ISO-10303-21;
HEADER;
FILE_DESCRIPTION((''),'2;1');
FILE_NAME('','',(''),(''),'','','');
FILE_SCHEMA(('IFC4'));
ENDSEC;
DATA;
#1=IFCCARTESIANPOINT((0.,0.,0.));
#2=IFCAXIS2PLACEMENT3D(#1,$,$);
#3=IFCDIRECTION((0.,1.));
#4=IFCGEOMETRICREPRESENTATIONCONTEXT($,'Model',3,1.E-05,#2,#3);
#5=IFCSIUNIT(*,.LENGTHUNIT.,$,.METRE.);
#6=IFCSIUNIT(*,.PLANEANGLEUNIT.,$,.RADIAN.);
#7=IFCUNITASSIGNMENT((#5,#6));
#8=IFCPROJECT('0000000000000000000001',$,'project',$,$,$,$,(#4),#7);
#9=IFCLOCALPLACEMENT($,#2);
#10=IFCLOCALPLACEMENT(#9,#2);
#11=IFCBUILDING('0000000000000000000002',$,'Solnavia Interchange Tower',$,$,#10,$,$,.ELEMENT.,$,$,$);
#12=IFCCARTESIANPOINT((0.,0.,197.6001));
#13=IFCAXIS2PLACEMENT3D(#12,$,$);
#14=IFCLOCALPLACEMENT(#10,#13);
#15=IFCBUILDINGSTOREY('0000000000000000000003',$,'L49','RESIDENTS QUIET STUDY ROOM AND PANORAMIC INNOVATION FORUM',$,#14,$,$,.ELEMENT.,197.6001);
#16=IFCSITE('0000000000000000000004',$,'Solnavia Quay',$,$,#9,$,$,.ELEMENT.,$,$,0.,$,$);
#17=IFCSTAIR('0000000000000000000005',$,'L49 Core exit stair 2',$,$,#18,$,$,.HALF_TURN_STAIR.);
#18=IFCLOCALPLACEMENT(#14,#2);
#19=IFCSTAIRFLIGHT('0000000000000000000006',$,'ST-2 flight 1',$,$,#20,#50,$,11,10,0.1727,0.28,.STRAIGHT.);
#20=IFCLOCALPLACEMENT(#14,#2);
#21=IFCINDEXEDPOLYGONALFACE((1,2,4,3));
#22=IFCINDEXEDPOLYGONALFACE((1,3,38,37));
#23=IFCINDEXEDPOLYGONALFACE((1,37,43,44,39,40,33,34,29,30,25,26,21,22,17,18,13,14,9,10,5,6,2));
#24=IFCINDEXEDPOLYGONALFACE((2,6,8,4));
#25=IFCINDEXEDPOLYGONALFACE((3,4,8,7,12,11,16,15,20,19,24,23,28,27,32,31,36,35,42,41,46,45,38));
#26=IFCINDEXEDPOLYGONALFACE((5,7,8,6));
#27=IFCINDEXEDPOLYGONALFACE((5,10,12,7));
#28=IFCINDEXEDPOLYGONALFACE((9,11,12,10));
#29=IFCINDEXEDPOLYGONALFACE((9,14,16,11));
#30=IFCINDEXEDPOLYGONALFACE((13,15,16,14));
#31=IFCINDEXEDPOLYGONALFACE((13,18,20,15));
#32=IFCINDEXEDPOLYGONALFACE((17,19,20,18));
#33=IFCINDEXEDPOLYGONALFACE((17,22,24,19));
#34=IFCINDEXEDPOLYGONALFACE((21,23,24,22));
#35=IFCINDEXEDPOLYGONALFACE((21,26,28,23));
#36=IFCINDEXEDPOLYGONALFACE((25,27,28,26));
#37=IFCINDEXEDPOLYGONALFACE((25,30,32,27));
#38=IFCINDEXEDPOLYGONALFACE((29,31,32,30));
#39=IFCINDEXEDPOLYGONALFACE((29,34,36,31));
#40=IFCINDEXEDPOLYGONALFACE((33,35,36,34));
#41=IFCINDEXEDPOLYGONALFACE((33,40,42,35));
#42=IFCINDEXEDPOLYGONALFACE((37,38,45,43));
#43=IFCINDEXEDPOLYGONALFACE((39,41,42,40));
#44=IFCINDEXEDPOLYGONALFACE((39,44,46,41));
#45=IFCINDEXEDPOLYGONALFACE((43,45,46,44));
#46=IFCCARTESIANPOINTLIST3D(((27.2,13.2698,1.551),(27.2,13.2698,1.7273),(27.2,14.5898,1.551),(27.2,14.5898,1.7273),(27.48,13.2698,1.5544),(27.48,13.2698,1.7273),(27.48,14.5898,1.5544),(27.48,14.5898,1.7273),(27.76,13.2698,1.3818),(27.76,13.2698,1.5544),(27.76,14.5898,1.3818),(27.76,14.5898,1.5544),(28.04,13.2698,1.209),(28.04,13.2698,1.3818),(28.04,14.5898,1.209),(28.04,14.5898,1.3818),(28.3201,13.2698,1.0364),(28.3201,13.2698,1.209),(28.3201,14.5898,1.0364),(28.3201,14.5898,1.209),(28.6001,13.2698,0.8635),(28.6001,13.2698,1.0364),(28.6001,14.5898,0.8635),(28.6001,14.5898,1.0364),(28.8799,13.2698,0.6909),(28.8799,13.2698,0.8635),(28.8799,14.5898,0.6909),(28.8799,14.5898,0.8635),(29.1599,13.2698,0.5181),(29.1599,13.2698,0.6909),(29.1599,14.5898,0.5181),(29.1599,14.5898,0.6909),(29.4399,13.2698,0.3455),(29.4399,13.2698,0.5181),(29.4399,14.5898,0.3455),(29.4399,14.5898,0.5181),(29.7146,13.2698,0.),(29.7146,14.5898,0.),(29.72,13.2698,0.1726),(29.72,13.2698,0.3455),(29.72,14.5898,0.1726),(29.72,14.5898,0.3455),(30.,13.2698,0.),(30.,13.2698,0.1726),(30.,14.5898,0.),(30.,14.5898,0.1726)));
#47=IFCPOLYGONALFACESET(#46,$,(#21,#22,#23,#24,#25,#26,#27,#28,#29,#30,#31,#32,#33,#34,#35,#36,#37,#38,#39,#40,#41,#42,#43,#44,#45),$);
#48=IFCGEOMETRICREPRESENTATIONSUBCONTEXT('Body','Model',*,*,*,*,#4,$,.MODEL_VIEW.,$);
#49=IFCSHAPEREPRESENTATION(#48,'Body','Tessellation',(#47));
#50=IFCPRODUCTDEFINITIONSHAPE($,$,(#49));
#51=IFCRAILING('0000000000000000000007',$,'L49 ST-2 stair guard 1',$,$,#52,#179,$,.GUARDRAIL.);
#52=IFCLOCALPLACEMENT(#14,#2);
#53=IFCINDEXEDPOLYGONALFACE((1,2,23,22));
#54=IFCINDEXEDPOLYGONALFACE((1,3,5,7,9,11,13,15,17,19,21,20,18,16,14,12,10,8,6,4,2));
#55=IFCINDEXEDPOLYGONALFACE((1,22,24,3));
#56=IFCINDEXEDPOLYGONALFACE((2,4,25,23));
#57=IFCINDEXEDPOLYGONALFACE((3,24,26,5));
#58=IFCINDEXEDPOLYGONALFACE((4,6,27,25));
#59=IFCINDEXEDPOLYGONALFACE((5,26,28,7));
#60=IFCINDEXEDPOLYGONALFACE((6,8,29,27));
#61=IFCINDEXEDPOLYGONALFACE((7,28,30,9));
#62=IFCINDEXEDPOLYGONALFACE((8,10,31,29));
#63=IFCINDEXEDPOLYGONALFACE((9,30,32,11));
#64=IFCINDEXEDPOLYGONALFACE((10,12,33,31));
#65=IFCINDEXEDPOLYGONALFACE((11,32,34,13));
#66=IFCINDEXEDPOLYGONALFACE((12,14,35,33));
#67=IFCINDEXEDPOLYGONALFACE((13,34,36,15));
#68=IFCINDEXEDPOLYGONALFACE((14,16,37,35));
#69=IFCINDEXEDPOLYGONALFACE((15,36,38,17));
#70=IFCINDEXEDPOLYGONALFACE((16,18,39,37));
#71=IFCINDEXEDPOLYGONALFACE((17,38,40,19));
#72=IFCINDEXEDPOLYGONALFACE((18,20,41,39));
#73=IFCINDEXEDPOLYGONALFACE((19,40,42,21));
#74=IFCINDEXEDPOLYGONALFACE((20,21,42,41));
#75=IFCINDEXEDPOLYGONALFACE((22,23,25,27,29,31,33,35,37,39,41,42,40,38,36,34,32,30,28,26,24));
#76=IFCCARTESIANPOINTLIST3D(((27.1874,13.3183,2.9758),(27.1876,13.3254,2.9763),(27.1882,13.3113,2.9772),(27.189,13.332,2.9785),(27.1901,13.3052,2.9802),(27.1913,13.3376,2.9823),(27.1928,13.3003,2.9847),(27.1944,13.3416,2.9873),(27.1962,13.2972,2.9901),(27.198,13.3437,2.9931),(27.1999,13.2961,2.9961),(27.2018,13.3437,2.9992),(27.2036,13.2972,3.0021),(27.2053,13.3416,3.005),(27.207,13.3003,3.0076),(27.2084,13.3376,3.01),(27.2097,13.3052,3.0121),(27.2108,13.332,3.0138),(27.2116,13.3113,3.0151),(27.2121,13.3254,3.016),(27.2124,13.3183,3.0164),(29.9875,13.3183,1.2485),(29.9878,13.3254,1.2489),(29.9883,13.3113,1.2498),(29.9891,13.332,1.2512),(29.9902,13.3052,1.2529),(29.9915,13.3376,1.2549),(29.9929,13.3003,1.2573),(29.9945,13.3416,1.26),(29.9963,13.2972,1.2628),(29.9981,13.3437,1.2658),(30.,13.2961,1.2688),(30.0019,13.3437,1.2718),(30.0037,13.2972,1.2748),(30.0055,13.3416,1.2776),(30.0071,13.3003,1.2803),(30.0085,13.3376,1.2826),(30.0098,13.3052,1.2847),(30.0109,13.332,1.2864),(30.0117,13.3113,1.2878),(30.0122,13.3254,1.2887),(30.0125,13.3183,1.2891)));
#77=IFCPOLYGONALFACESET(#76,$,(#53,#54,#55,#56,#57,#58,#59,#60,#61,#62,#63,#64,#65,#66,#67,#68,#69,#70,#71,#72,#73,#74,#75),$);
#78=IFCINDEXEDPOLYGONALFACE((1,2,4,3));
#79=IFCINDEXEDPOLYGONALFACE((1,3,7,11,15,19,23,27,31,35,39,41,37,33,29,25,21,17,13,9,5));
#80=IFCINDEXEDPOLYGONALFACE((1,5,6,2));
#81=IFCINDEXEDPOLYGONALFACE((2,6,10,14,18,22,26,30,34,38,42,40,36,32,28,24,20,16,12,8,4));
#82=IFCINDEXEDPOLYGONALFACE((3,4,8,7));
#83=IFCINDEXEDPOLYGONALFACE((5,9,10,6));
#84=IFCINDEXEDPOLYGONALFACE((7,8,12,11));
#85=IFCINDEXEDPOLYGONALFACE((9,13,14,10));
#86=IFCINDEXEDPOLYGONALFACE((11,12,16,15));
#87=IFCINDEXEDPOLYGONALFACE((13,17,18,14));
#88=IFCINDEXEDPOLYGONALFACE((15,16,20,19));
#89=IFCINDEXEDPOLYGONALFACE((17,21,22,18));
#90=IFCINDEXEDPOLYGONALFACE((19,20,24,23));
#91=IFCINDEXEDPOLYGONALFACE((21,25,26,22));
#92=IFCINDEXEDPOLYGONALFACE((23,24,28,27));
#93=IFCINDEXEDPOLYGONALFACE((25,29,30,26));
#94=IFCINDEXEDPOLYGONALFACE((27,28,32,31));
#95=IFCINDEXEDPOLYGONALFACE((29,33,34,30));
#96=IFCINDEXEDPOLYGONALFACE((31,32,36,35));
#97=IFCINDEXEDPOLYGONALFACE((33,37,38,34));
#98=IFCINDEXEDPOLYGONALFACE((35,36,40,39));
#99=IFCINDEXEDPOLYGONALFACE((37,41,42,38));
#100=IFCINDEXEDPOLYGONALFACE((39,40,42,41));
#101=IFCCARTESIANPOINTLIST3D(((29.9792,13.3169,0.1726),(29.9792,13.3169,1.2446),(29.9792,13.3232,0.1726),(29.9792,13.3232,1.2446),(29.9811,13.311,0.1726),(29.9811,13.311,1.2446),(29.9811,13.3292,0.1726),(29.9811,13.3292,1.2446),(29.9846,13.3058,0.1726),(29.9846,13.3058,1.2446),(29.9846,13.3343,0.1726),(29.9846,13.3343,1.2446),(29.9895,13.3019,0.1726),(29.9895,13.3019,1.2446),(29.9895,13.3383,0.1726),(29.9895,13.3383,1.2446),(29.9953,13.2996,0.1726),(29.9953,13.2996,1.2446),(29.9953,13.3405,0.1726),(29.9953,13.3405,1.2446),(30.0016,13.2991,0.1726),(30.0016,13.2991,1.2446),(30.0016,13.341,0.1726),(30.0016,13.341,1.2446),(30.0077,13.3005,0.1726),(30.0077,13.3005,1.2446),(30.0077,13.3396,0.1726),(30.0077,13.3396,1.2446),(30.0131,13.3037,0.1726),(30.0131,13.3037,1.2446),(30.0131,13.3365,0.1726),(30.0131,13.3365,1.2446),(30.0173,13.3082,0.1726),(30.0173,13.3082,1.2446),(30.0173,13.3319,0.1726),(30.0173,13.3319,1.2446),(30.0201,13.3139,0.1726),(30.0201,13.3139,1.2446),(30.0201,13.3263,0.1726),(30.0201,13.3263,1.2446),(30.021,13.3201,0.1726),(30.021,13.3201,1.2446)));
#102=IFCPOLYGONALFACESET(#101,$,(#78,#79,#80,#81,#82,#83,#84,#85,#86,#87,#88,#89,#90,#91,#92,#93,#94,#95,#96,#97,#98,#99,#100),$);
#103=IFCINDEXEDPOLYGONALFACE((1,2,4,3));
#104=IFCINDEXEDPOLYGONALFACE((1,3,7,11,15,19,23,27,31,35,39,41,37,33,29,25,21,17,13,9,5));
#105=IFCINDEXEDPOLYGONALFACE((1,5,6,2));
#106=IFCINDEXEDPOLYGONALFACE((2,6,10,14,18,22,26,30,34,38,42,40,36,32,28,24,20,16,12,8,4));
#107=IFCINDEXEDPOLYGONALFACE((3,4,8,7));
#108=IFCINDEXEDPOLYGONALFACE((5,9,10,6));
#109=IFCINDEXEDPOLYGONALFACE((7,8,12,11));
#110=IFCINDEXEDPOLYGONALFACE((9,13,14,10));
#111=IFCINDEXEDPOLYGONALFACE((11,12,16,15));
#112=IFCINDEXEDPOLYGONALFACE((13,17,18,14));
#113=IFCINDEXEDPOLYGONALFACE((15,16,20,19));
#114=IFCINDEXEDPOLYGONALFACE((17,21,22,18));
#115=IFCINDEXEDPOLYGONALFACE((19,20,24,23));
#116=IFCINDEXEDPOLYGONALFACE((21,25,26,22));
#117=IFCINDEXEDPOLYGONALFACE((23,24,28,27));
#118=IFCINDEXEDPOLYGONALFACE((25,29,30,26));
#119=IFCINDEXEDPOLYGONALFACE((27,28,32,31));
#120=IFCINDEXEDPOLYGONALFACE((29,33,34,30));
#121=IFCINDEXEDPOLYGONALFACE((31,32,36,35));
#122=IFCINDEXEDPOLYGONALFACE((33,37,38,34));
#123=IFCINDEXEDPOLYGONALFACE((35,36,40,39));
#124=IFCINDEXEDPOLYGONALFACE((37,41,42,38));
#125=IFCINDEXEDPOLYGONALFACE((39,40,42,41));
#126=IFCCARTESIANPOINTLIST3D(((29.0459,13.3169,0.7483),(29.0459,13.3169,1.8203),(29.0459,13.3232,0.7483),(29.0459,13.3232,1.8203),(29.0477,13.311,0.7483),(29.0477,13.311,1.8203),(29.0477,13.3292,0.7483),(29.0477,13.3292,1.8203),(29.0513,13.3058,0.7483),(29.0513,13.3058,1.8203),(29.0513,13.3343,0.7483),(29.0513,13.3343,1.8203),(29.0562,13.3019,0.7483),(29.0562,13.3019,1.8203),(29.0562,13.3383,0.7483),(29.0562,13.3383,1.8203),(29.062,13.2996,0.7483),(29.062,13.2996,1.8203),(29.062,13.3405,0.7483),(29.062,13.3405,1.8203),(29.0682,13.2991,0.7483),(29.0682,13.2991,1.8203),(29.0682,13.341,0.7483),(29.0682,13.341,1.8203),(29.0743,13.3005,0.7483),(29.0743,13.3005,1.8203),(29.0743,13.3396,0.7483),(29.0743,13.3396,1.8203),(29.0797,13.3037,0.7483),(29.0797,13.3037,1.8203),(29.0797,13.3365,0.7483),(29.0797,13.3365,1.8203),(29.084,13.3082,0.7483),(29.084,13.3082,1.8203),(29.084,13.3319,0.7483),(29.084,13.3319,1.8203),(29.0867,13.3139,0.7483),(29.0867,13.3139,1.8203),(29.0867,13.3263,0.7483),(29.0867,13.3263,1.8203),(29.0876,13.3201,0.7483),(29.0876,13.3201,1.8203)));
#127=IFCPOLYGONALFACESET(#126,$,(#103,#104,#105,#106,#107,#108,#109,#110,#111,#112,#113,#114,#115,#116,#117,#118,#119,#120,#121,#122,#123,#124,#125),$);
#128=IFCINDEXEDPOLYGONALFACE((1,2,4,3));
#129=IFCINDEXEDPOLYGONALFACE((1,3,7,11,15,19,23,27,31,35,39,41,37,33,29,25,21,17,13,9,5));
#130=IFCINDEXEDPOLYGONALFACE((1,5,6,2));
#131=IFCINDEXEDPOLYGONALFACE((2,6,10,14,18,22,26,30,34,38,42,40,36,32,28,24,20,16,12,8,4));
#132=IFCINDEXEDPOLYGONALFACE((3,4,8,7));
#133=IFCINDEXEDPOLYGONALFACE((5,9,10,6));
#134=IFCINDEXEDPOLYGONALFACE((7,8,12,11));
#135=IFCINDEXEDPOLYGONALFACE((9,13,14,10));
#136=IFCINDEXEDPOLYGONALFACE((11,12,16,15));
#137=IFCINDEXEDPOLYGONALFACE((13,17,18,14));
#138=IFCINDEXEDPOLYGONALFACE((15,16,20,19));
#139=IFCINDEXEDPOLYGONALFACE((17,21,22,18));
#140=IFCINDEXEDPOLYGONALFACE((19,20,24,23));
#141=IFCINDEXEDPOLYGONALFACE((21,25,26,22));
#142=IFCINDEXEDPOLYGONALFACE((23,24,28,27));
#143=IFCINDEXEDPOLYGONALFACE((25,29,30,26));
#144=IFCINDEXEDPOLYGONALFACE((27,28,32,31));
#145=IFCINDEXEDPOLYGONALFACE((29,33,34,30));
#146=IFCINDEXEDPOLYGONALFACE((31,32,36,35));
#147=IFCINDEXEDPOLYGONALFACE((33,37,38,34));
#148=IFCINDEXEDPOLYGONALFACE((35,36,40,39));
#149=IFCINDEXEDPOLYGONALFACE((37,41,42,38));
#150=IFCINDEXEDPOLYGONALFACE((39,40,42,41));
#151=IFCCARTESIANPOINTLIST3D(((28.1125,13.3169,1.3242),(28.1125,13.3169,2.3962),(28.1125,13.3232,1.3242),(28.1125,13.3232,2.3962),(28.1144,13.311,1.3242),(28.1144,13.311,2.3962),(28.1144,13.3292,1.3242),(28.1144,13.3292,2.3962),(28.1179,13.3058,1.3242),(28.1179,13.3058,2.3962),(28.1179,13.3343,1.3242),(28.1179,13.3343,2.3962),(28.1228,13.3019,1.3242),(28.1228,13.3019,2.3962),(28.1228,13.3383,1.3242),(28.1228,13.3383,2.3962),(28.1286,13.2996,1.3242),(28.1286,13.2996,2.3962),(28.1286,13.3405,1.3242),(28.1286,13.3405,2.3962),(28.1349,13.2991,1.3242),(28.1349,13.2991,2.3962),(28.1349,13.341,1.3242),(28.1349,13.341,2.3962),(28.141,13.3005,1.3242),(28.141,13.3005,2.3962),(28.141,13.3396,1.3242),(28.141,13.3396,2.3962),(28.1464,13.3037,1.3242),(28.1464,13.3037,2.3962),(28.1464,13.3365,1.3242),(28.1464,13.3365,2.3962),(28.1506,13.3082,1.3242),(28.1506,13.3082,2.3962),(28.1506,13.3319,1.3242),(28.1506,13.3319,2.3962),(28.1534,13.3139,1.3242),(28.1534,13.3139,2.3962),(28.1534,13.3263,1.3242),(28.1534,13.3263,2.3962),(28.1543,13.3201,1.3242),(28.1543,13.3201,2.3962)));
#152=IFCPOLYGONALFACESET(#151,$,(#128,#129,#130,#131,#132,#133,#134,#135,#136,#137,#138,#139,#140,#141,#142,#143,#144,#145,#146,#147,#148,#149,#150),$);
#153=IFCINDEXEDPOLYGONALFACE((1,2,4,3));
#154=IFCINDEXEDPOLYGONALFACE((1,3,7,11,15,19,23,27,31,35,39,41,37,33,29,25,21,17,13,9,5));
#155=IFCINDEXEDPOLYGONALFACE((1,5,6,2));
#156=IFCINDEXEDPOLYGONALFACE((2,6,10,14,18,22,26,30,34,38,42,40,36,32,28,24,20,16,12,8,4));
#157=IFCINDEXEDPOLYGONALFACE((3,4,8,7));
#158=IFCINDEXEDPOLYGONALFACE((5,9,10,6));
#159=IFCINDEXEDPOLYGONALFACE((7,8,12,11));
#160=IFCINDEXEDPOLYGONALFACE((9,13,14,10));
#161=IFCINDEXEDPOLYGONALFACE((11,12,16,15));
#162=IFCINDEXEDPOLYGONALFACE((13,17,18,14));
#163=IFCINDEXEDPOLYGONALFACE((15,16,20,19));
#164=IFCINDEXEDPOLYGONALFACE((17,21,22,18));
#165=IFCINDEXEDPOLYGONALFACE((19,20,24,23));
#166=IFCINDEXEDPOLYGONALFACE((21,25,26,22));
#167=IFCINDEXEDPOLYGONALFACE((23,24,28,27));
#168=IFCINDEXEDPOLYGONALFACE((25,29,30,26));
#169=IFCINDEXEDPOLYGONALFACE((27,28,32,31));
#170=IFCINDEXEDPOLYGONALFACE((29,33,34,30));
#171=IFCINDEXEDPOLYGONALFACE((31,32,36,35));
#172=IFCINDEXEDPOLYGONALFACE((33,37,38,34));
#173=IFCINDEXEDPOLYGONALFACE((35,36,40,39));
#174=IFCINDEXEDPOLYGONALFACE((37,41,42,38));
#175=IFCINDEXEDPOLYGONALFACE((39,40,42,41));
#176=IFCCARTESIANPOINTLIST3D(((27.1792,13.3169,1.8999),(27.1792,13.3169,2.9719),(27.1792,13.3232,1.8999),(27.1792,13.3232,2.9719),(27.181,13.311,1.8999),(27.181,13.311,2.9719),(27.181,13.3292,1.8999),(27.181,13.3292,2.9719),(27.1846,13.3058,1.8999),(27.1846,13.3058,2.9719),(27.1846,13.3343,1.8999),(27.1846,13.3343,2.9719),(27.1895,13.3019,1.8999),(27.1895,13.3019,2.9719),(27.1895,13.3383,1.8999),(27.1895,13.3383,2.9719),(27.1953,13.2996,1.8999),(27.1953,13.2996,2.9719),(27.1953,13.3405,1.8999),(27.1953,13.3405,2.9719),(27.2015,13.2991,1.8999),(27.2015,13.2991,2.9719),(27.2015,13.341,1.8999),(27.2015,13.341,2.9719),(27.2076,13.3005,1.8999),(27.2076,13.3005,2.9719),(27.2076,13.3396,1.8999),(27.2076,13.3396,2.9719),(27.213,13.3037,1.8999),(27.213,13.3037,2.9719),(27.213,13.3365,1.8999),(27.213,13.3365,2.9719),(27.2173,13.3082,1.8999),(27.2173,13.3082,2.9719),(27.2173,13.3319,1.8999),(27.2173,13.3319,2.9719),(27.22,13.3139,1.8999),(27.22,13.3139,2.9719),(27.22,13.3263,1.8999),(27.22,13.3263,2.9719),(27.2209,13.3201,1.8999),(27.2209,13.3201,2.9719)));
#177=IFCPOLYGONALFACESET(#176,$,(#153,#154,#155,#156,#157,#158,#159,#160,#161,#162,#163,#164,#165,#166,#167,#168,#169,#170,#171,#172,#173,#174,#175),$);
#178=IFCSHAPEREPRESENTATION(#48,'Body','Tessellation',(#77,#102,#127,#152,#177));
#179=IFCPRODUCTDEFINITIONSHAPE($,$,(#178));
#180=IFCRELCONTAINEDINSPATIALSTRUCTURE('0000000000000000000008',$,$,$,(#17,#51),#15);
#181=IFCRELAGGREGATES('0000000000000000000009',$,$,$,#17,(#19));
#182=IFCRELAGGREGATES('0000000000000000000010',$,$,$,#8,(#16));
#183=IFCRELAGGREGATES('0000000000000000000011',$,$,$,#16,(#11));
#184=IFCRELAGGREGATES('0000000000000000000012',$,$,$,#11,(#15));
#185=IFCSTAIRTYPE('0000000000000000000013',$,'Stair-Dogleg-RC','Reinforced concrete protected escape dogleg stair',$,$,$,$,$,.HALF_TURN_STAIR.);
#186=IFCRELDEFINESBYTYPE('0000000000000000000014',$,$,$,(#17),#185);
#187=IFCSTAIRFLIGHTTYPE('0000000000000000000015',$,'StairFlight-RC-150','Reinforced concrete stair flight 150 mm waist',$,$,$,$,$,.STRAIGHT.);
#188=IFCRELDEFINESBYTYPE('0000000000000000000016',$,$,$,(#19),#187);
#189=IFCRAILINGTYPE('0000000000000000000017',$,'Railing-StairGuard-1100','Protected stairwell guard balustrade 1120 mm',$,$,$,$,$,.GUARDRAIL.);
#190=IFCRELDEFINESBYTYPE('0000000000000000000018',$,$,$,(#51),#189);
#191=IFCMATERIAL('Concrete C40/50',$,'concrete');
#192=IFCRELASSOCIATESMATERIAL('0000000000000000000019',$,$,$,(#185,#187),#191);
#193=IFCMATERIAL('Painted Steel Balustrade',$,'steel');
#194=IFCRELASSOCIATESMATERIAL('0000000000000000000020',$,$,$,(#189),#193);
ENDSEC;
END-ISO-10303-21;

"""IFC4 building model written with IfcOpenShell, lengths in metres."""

from ifc_helpers import new_model, si_unit, direction, frame, origin, origin_2d, place, context, subcontext, project, spatial, polyline, circle, outline, extrude, material, type_object, element, aggregate, save


model = new_model("IFC4")

# Units and contexts
model_context = context("Model", 3, precision=1e-05, world=origin(), true_north=direction((0.0, 1.0)))
body_context = subcontext(model_context, "Body", "Model", "MODEL_VIEW")
ifc_project = project(units=[si_unit("LENGTHUNIT", "METRE"), si_unit("PLANEANGLEUNIT", "RADIAN")], contexts=[model_context])

# Site, building, storey
site_placement = place(None, origin())
site = spatial("IfcSite", under=ifc_project, at=site_placement, Name="Solnavia Quay", CompositionType="ELEMENT", RefElevation=0.0)
building_placement = place(site_placement, origin())
building = spatial("IfcBuilding", under=site, at=building_placement, Name="Solnavia Interchange Tower", CompositionType="ELEMENT")
storey_placement = place(building_placement, frame((0.0, 0.0, 197.6001)))
storey = spatial("IfcBuildingStorey", under=building, at=storey_placement, Name="L49", Description="RESIDENTS QUIET STUDY ROOM AND PANORAMIC INNOVATION FORUM", CompositionType="ELEMENT", Elevation=197.6001)

# Shared definitions
ifc_material_1 = material(Name="Concrete C40/50", Category="concrete")

# Stair, stair flight
stair_type = type_object("IfcStairType", Name="Stair-Dogleg-RC", Description="Reinforced concrete protected escape dogleg stair", PredefinedType="HALF_TURN_STAIR", material=ifc_material_1)
stair_placement = place(storey_placement, origin())
stair = element("IfcStair", 1, at=stair_placement, inside=storey, type_object=stair_type, Name="L49 Core exit stair 2", PredefinedType="HALF_TURN_STAIR")
stair_flight_type = type_object("IfcStairFlightType", Name="StairFlight-RC-150", Description="Reinforced concrete stair flight 150 mm waist", PredefinedType="STRAIGHT", material=ifc_material_1)
stair_flight_placement = place(storey_placement, frame((30.0, 13.9299, 0.0), z_axis=(0.0, 0.0, 1.0), x_axis=(-1.0, 0.0, 0.0)))
stair_flight = element("IfcStairFlight", 2, at=stair_flight_placement, type_object=stair_flight_type, Name="ST-2 flight 1", NumberOfRisers=11, NumberOfTreads=10, PredefinedType="STRAIGHT", RiserHeight=0.1727, TreadLength=0.28, context=body_context, shape_type="SweptSolid", body=[
    extrude(outline(polyline([(0.0, 0.0), (0.0, 0.1726), (0.28, 0.1726), (0.28, 0.3455), (0.5601, 0.3455), (0.5601, 0.5181), (0.8401, 0.5181), (0.8401, 0.6909), (1.1201, 0.6909), (1.1201, 0.8635), (1.3999, 0.8635), (1.3999, 1.0364), (1.6799, 1.0364), (1.6799, 1.209), (1.96, 1.209), (1.96, 1.3818), (2.24, 1.3818), (2.24, 1.5544), (2.52, 1.5544), (2.52, 1.7273), (2.8, 1.7273), (2.8, 1.8999), (2.8, 1.551), (0.2854, 0.0), (0.0, 0.0)])), frame((0.0, 0.6602, 0.0), z_axis=(0.0, -1.0, 0.0), x_axis=(1.0, 0.0, 0.0)), (0.0, 0.0, 1.0), 1.3201),
])
aggregate(stair, [stair_flight])

# Railing
ifc_material_2 = material(Name="Painted Steel Balustrade", Category="steel")
railing_type_1 = type_object("IfcRailingType", Name="Railing-StairGuard-1100", Description="Protected stairwell guard balustrade 1120 mm", PredefinedType="GUARDRAIL", material=ifc_material_2)
railing_1_placement = place(storey_placement, frame((30.0, 13.3201, 0.1726)))
element("IfcRailing", 3, at=railing_1_placement, inside=storey, type_object=railing_type_1, Name="L49 ST-2 stair guard 1", PredefinedType="GUARDRAIL", context=body_context, shape_type="SweptSolid", body=[
    extrude(circle(Radius=0.0239, at=origin_2d()), frame((0.0, 0.0, 1.0962), z_axis=(-0.85109, 0.0, 0.52502), x_axis=(0.0, -1.0, 0.0)), (0.0, 0.0, 1.0), 3.29),
    extrude(circle(Radius=0.021, at=origin_2d()), origin(), (0.0, 0.0, 1.0), 1.072),
    extrude(circle(Radius=0.021, at=origin_2d()), frame((-0.9333, 0.0, 0.5757)), (0.0, 0.0, 1.0), 1.072),
    extrude(circle(Radius=0.021, at=origin_2d()), frame((-1.8667, 0.0, 1.1516)), (0.0, 0.0, 1.0), 1.072),
    extrude(circle(Radius=0.021, at=origin_2d()), frame((-2.8, 0.0, 1.7273)), (0.0, 0.0, 1.0), 1.072),
])

save(model, "model.ifc")
